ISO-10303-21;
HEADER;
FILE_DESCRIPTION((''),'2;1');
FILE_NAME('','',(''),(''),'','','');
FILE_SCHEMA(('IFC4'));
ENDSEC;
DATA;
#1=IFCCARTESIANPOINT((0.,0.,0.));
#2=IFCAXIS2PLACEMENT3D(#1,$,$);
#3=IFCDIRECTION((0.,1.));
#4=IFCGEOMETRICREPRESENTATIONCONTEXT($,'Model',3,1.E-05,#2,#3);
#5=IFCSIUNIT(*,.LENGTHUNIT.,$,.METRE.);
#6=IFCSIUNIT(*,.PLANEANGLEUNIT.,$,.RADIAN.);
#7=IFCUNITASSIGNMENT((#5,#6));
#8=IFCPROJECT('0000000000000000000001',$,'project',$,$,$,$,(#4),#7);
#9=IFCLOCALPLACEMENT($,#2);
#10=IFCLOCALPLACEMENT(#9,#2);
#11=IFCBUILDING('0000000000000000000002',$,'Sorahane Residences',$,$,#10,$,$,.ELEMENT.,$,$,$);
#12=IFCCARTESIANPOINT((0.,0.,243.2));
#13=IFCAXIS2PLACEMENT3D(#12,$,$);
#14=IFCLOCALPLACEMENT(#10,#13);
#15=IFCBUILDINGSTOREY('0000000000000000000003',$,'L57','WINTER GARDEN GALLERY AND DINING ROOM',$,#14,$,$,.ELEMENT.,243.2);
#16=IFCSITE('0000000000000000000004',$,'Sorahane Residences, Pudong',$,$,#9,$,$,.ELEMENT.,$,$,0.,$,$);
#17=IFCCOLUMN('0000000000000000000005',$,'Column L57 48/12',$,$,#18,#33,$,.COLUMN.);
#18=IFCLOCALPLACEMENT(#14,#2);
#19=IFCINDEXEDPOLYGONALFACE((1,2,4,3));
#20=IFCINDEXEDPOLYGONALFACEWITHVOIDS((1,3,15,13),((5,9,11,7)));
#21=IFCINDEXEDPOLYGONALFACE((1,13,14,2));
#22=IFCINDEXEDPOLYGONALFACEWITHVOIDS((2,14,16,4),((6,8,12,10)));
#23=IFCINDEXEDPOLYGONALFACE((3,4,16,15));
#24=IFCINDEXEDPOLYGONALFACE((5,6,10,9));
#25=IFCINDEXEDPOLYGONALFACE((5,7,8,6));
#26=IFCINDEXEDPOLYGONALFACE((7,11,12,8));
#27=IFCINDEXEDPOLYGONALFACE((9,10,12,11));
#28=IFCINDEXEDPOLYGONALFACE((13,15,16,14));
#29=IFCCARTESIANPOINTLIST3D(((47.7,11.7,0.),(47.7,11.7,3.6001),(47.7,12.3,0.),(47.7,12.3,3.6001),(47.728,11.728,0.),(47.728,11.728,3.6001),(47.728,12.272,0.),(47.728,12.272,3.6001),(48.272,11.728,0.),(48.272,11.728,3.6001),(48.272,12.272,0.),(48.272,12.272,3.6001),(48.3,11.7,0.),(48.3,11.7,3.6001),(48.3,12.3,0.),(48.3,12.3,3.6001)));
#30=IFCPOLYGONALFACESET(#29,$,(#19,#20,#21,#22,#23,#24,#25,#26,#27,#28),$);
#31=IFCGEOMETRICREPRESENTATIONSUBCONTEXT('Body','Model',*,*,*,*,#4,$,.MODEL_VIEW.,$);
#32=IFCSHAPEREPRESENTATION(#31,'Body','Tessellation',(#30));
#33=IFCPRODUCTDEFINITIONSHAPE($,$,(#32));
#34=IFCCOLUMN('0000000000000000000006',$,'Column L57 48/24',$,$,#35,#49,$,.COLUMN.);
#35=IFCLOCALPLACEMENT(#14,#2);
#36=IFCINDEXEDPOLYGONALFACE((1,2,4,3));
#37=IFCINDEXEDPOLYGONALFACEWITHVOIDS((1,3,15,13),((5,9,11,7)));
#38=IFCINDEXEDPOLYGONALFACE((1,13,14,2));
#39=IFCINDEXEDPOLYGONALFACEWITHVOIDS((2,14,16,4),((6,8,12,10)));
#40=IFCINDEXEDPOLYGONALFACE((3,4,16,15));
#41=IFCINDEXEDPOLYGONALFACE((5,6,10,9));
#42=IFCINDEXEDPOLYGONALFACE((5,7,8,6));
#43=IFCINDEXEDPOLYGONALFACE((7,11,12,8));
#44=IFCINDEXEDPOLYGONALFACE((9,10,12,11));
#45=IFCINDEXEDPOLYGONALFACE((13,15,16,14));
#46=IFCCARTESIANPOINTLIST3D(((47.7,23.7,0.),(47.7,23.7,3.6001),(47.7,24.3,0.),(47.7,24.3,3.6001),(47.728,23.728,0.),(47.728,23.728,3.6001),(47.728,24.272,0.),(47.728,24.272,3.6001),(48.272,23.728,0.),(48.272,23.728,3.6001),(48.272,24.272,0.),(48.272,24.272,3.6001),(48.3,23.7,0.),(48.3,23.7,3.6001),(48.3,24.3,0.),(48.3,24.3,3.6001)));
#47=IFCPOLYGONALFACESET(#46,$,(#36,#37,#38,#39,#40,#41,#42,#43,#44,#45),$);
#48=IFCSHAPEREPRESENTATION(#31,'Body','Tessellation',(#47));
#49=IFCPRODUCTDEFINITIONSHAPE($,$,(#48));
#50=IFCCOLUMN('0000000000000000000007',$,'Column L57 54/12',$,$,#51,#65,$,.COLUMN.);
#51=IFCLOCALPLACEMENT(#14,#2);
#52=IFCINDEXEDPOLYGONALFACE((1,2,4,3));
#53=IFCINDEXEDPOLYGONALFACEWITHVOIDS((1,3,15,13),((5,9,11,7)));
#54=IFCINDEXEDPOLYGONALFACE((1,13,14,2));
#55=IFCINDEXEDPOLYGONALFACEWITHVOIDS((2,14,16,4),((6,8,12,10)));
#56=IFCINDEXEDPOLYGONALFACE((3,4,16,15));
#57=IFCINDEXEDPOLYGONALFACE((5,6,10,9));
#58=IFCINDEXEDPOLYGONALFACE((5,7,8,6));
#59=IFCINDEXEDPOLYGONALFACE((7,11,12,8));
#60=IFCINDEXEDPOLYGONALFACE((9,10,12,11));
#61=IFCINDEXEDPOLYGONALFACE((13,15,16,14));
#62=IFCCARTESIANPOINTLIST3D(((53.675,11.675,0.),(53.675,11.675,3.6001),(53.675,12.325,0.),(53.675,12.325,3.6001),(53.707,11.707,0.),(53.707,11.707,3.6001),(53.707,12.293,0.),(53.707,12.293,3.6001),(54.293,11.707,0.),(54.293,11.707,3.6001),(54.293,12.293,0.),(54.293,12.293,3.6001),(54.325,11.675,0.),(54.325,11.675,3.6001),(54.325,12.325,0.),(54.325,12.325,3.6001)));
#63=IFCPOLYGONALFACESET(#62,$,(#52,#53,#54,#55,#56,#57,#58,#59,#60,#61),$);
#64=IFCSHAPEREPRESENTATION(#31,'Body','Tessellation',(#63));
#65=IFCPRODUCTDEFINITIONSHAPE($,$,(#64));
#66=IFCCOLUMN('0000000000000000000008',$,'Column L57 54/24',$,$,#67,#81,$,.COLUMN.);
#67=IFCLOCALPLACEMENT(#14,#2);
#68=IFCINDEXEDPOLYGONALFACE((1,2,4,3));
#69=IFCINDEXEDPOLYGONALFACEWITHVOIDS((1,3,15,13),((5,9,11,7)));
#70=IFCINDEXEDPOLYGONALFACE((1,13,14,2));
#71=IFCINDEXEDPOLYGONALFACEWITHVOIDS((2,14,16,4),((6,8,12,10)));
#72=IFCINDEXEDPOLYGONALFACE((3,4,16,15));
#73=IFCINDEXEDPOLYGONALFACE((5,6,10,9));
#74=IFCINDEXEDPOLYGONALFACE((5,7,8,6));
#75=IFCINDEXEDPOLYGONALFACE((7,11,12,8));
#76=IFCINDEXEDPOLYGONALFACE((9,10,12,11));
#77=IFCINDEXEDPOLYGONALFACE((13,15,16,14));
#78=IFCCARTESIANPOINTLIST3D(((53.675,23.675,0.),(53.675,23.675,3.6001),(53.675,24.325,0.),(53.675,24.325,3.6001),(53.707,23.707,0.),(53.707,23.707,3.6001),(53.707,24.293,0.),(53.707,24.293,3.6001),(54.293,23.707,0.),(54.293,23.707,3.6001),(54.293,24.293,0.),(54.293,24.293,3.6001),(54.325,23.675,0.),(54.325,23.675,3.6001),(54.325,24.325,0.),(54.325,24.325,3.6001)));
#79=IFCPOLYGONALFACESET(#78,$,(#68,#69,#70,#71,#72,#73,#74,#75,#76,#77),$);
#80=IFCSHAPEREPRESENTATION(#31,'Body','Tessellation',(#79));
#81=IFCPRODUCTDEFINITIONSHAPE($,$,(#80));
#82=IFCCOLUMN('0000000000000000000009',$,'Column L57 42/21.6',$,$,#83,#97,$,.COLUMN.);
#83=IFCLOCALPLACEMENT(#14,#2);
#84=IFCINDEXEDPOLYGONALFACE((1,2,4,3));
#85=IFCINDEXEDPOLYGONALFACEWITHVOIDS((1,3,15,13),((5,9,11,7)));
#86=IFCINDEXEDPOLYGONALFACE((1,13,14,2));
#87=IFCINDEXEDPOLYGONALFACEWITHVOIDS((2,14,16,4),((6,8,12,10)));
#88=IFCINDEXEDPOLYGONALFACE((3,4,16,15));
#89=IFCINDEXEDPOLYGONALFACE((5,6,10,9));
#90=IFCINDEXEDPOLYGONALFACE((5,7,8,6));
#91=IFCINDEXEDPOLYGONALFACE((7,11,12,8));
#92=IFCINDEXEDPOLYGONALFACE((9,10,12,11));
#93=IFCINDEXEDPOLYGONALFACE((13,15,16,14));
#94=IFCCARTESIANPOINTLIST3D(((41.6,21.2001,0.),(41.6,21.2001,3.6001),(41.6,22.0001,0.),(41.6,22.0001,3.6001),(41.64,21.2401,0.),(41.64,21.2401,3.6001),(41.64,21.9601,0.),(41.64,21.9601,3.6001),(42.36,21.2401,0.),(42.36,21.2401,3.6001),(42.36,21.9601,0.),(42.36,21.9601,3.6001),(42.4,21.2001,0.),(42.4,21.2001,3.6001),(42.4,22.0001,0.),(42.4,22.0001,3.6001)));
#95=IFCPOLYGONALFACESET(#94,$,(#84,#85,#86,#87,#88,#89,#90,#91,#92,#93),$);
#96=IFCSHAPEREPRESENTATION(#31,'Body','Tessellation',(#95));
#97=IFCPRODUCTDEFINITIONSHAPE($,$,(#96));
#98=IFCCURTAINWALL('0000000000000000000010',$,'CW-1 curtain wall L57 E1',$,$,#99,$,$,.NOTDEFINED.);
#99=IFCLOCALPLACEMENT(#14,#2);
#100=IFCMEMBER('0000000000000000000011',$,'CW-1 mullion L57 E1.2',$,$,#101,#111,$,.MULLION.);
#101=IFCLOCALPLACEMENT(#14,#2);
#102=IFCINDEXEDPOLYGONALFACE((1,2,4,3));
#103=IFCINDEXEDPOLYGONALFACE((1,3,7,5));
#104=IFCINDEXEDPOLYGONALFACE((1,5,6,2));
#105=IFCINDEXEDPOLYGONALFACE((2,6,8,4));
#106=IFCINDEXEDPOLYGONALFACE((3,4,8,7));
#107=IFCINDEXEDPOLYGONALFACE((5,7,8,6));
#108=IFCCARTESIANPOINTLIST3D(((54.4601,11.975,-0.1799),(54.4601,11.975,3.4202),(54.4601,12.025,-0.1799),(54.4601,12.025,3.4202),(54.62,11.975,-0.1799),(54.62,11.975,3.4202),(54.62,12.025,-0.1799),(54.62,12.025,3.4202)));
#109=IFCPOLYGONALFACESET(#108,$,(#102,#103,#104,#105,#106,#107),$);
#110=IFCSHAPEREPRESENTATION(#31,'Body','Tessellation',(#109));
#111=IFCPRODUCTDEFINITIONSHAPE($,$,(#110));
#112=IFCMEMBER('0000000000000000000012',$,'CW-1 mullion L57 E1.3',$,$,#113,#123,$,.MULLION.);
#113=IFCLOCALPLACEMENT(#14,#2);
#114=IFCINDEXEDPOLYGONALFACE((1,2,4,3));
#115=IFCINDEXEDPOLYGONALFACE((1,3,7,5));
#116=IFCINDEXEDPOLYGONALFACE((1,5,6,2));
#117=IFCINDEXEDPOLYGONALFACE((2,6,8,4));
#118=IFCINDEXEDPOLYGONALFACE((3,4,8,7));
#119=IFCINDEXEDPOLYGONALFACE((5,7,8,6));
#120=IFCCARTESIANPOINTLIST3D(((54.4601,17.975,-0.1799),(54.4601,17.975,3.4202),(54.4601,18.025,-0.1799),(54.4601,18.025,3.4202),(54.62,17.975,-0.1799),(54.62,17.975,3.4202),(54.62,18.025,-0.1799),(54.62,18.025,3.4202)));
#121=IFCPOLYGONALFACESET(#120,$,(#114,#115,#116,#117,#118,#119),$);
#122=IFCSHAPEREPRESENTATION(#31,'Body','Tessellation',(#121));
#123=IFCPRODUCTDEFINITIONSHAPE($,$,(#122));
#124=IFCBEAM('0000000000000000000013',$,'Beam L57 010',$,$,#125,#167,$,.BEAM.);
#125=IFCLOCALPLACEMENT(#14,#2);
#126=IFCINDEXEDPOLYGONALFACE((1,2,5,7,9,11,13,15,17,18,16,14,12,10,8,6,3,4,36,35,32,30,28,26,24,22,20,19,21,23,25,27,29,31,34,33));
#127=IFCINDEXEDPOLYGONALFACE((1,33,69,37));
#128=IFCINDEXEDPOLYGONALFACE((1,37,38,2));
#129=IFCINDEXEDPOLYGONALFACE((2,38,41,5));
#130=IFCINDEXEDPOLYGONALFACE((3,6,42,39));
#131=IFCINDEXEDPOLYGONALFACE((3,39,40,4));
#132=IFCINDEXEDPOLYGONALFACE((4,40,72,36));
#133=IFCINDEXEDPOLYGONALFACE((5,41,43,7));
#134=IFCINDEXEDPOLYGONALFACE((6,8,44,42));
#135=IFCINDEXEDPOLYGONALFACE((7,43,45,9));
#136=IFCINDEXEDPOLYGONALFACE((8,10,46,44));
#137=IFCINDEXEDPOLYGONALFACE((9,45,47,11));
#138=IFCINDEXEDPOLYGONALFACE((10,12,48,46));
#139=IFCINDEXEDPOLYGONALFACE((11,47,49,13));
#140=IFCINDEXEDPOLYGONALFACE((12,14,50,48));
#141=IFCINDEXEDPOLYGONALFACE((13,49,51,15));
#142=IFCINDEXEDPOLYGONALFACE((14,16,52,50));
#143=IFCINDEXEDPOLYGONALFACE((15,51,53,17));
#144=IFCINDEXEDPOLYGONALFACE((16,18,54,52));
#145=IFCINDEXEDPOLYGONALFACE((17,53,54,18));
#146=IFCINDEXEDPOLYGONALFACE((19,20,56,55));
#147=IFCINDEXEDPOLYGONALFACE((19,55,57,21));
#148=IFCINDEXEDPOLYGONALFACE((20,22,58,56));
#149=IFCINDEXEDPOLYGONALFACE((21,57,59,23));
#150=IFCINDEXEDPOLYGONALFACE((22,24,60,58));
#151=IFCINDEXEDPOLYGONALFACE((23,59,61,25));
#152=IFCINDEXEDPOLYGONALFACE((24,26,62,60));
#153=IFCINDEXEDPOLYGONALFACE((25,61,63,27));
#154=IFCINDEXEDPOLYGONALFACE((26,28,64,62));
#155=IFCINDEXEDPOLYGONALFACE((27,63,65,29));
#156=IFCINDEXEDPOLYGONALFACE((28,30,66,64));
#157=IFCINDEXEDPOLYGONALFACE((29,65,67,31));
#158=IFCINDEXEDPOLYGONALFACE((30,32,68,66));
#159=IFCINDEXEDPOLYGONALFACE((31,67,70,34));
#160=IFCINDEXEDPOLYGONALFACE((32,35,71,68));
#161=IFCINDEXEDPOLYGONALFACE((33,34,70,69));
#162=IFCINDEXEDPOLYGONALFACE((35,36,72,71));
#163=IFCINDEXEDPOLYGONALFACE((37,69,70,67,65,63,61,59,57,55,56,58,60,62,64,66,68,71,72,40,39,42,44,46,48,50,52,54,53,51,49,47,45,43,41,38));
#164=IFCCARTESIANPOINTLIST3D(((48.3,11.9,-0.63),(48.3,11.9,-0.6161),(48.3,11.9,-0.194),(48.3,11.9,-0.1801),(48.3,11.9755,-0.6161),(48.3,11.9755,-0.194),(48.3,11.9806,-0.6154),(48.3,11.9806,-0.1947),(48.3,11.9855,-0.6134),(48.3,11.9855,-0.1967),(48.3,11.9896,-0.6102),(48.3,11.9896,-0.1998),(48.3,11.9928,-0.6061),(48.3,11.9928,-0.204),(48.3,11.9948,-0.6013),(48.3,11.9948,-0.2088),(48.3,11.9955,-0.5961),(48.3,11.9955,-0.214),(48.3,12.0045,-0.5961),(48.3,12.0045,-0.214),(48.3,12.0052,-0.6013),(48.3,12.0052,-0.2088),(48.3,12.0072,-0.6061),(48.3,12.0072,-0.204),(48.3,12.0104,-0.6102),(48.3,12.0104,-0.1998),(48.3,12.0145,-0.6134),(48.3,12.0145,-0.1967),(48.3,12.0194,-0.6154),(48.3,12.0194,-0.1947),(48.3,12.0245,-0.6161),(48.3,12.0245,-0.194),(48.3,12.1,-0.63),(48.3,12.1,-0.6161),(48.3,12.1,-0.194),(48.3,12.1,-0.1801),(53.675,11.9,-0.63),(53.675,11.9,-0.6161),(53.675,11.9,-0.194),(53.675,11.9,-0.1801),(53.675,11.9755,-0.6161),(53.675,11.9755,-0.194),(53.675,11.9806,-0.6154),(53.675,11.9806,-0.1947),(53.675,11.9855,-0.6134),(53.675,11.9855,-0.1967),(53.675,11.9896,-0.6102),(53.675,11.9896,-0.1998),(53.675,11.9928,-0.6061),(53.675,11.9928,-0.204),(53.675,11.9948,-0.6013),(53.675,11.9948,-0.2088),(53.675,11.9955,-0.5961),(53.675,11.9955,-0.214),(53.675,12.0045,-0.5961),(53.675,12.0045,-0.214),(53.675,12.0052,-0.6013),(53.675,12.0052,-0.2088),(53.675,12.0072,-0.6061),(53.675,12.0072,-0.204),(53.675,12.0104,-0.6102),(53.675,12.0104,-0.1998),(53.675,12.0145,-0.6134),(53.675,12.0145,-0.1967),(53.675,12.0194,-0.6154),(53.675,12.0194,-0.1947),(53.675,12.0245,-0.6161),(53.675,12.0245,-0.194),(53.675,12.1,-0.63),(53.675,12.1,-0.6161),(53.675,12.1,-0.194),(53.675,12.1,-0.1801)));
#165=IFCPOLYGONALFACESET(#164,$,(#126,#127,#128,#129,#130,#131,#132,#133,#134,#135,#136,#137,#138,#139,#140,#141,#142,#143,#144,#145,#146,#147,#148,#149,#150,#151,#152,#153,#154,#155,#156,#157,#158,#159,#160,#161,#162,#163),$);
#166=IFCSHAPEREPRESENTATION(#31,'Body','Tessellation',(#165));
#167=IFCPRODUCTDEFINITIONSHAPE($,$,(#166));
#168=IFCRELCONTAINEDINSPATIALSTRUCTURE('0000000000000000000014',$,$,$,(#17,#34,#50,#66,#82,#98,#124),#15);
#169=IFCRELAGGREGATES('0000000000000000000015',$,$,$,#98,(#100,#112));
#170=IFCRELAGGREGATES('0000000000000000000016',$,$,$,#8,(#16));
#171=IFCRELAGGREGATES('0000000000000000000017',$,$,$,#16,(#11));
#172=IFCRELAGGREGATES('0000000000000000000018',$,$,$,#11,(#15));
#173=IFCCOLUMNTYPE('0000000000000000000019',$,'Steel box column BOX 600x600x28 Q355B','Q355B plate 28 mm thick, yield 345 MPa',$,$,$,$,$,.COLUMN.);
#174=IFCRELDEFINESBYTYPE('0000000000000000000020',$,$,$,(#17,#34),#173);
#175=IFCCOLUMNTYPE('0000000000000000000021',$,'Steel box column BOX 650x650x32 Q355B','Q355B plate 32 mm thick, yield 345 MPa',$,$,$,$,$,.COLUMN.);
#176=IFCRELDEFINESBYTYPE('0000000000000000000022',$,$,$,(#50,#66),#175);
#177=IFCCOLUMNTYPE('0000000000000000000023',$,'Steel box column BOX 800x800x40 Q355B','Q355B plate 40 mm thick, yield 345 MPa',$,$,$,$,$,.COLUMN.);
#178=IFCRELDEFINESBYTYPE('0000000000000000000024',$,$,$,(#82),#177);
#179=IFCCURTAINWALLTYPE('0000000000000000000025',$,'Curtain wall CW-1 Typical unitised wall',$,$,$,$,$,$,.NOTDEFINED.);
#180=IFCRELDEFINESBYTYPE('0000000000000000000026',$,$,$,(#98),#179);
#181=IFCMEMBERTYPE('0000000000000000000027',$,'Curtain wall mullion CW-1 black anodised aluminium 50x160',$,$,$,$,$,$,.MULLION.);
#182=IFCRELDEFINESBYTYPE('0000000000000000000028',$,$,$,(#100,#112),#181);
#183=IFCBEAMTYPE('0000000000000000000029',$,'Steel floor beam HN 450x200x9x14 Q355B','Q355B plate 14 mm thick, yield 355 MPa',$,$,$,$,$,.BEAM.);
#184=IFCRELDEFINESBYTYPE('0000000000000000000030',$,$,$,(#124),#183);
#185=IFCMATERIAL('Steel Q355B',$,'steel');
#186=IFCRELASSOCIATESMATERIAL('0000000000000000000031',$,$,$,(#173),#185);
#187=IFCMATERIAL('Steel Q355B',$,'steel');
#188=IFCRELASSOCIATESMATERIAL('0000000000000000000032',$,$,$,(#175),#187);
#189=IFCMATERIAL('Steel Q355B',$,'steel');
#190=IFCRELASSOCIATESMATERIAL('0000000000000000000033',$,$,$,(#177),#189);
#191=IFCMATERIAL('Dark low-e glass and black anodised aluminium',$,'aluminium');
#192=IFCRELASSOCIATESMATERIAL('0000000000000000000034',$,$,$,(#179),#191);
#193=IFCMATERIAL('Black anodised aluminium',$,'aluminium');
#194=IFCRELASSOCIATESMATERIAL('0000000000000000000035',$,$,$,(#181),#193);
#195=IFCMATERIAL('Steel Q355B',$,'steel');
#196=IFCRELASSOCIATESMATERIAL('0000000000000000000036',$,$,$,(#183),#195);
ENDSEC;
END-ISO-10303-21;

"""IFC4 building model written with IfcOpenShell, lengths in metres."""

from ifc_helpers import new_model, si_unit, direction, frame, origin, origin_2d, place, context, subcontext, project, spatial, rectangle, hollow_rectangle, i_section, extrude, material, material_profile, profile_set, type_object, element, aggregate, save


model = new_model("IFC4")

# Units and contexts
model_context = context("Model", 3, precision=1e-05, world=origin(), true_north=direction((0.0, 1.0)))
body_context = subcontext(model_context, "Body", "Model", "MODEL_VIEW")
ifc_project = project(units=[si_unit("LENGTHUNIT", "METRE"), si_unit("PLANEANGLEUNIT", "RADIAN")], contexts=[model_context])

# Site, building, storey
site_placement = place(None, origin())
site = spatial("IfcSite", under=ifc_project, at=site_placement, Name="Sorahane Residences, Pudong", CompositionType="ELEMENT", RefElevation=0.0)
building_placement = place(site_placement, origin())
building = spatial("IfcBuilding", under=site, at=building_placement, Name="Sorahane Residences", CompositionType="ELEMENT")
storey_placement = place(building_placement, frame((0.0, 0.0, 243.2)))
storey = spatial("IfcBuildingStorey", under=building, at=storey_placement, Name="L57", Description="WINTER GARDEN GALLERY AND DINING ROOM", CompositionType="ELEMENT", Elevation=243.2)

# Columns
ifc_material_1 = material(Name="Steel Q355B", Category="steel")
ifc_material_profile_1 = material_profile(ifc_material_1, hollow_rectangle(XDim=0.6001, YDim=0.6001, WallThickness=0.0281, at=origin_2d()), Name="BOX 600x600x28")
ifc_profile_set_1 = profile_set([ifc_material_profile_1], Name="Steel Q355B")
column_type_1 = type_object("IfcColumnType", Name="Steel box column BOX 600x600x28 Q355B", Description="Q355B plate 28 mm thick, yield 345 MPa", PredefinedType="COLUMN", material=ifc_profile_set_1)
for number, where, z_axis, x_axis, name in (
    (1, (48.0, 12.0, 0.0), (0.0, 0.0, 1.0), (1.0, 0.0, 0.0), "Column L57 48/12"),
    (2, (48.0, 24.0, 0.0), (0.0, 0.0, 1.0), (1.0, 0.0, 0.0), "Column L57 48/24"),
):
    element("IfcColumn", number, at=place(storey_placement, frame(where, z_axis=z_axis, x_axis=x_axis)), inside=storey, type_object=column_type_1, Name=name, PredefinedType="COLUMN", context=body_context, shape_type="SweptSolid", body=[
        extrude(hollow_rectangle(XDim=0.6001, YDim=0.6001, WallThickness=0.0281, at=origin_2d()), origin(), (0.0, 0.0, 1.0), 3.6001),
    ])
ifc_material_2 = material(Name="Steel Q355B", Category="steel")
ifc_material_profile_2 = material_profile(ifc_material_2, hollow_rectangle(XDim=0.6499, YDim=0.6499, WallThickness=0.032, at=origin_2d()), Name="BOX 650x650x32")
ifc_profile_set_2 = profile_set([ifc_material_profile_2], Name="Steel Q355B")
column_type_2 = type_object("IfcColumnType", Name="Steel box column BOX 650x650x32 Q355B", Description="Q355B plate 32 mm thick, yield 345 MPa", PredefinedType="COLUMN", material=ifc_profile_set_2)
for number, where, z_axis, x_axis, name in (
    (3, (54.0, 12.0, 0.0), (0.0, 0.0, 1.0), (1.0, 0.0, 0.0), "Column L57 54/12"),
    (4, (54.0, 24.0, 0.0), (0.0, 0.0, 1.0), (1.0, 0.0, 0.0), "Column L57 54/24"),
):
    element("IfcColumn", number, at=place(storey_placement, frame(where, z_axis=z_axis, x_axis=x_axis)), inside=storey, type_object=column_type_2, Name=name, PredefinedType="COLUMN", context=body_context, shape_type="SweptSolid", body=[
        extrude(hollow_rectangle(XDim=0.6499, YDim=0.6499, WallThickness=0.032, at=origin_2d()), origin(), (0.0, 0.0, 1.0), 3.6001),
    ])
ifc_material_3 = material(Name="Steel Q355B", Category="steel")
ifc_material_profile_3 = material_profile(ifc_material_3, hollow_rectangle(XDim=0.8, YDim=0.8, WallThickness=0.04, at=origin_2d()), Name="BOX 800x800x40")
ifc_profile_set_3 = profile_set([ifc_material_profile_3], Name="Steel Q355B")
column_type_3 = type_object("IfcColumnType", Name="Steel box column BOX 800x800x40 Q355B", Description="Q355B plate 40 mm thick, yield 345 MPa", PredefinedType="COLUMN", material=ifc_profile_set_3)
column_placement = place(storey_placement, frame((42.0, 21.6001, 0.0), z_axis=(0.0, 0.0, 1.0), x_axis=(1.0, 0.0, 0.0)))
element("IfcColumn", 5, at=column_placement, inside=storey, type_object=column_type_3, Name="Column L57 42/21.6", PredefinedType="COLUMN", context=body_context, shape_type="SweptSolid", body=[
    extrude(hollow_rectangle(XDim=0.8, YDim=0.8, WallThickness=0.04, at=origin_2d()), origin(), (0.0, 0.0, 1.0), 3.6001),
])

# Curtain wall, members
ifc_material_4 = material(Name="Dark low-e glass and black anodised aluminium", Category="aluminium")
curtain_wall_type = type_object("IfcCurtainWallType", Name="Curtain wall CW-1 Typical unitised wall", PredefinedType="NOTDEFINED", material=ifc_material_4)
curtain_wall_placement = place(storey_placement, origin())
curtain_wall = element("IfcCurtainWall", 6, at=curtain_wall_placement, inside=storey, type_object=curtain_wall_type, Name="CW-1 curtain wall L57 E1", PredefinedType="NOTDEFINED")
ifc_material_5 = material(Name="Black anodised aluminium", Category="aluminium")
ifc_material_profile_4 = material_profile(ifc_material_5, rectangle(XDim=0.1599, YDim=0.05, at=origin_2d()), Name="Curtain wall mullion CW-1 black anodised aluminium 50x160")
ifc_profile_set_4 = profile_set([ifc_material_profile_4], Name="Black anodised aluminium")
member_type = type_object("IfcMemberType", Name="Curtain wall mullion CW-1 black anodised aluminium 50x160", PredefinedType="MULLION", material=ifc_profile_set_4)
member_1_placement = place(storey_placement, frame((54.54, 12.0, -0.1799), z_axis=(0.0, 0.0, 1.0), x_axis=(1.0, 0.0, 0.0)))
member_1 = element("IfcMember", 7, at=member_1_placement, type_object=member_type, Name="CW-1 mullion L57 E1.2", PredefinedType="MULLION", context=body_context, shape_type="SweptSolid", body=[
    extrude(rectangle(XDim=0.1599, YDim=0.05, at=origin_2d()), origin(), (0.0, 0.0, 1.0), 3.6001),
])
member_2_placement = place(storey_placement, frame((54.54, 18.0, -0.1799), z_axis=(0.0, 0.0, 1.0), x_axis=(1.0, 0.0, 0.0)))
member_2 = element("IfcMember", 8, at=member_2_placement, type_object=member_type, Name="CW-1 mullion L57 E1.3", PredefinedType="MULLION", context=body_context, shape_type="SweptSolid", body=[
    extrude(rectangle(XDim=0.1599, YDim=0.05, at=origin_2d()), origin(), (0.0, 0.0, 1.0), 3.6001),
])

# Beam
ifc_material_6 = material(Name="Steel Q355B", Category="steel")
ifc_material_profile_5 = material_profile(ifc_material_6, i_section(OverallWidth=0.2, OverallDepth=0.45, WebThickness=0.009, FlangeThickness=0.0139, FilletRadius=0.02, at=origin_2d()), Name="HN 450x200x9x14")
ifc_profile_set_5 = profile_set([ifc_material_profile_5], Name="Steel Q355B")
beam_type_1 = type_object("IfcBeamType", Name="Steel floor beam HN 450x200x9x14 Q355B", Description="Q355B plate 14 mm thick, yield 355 MPa", PredefinedType="BEAM", material=ifc_profile_set_5)
for number, where, z_axis, x_axis, name in (
    (9, (48.3, 12.0, -0.405), (1.0, 0.0, 0.0), (0.0, 1.0, 0.0), "Beam L57 010"),
):
    element("IfcBeam", number, at=place(storey_placement, frame(where, z_axis=z_axis, x_axis=x_axis)), inside=storey, type_object=beam_type_1, Name=name, PredefinedType="BEAM", context=body_context, shape_type="SweptSolid", body=[
        extrude(i_section(OverallWidth=0.2, OverallDepth=0.45, WebThickness=0.009, FlangeThickness=0.0139, FilletRadius=0.02, at=origin_2d()), origin(), (0.0, 0.0, 1.0), 5.375),
    ])

aggregate(curtain_wall, [member_1, member_2])

save(model, "model.ifc")
